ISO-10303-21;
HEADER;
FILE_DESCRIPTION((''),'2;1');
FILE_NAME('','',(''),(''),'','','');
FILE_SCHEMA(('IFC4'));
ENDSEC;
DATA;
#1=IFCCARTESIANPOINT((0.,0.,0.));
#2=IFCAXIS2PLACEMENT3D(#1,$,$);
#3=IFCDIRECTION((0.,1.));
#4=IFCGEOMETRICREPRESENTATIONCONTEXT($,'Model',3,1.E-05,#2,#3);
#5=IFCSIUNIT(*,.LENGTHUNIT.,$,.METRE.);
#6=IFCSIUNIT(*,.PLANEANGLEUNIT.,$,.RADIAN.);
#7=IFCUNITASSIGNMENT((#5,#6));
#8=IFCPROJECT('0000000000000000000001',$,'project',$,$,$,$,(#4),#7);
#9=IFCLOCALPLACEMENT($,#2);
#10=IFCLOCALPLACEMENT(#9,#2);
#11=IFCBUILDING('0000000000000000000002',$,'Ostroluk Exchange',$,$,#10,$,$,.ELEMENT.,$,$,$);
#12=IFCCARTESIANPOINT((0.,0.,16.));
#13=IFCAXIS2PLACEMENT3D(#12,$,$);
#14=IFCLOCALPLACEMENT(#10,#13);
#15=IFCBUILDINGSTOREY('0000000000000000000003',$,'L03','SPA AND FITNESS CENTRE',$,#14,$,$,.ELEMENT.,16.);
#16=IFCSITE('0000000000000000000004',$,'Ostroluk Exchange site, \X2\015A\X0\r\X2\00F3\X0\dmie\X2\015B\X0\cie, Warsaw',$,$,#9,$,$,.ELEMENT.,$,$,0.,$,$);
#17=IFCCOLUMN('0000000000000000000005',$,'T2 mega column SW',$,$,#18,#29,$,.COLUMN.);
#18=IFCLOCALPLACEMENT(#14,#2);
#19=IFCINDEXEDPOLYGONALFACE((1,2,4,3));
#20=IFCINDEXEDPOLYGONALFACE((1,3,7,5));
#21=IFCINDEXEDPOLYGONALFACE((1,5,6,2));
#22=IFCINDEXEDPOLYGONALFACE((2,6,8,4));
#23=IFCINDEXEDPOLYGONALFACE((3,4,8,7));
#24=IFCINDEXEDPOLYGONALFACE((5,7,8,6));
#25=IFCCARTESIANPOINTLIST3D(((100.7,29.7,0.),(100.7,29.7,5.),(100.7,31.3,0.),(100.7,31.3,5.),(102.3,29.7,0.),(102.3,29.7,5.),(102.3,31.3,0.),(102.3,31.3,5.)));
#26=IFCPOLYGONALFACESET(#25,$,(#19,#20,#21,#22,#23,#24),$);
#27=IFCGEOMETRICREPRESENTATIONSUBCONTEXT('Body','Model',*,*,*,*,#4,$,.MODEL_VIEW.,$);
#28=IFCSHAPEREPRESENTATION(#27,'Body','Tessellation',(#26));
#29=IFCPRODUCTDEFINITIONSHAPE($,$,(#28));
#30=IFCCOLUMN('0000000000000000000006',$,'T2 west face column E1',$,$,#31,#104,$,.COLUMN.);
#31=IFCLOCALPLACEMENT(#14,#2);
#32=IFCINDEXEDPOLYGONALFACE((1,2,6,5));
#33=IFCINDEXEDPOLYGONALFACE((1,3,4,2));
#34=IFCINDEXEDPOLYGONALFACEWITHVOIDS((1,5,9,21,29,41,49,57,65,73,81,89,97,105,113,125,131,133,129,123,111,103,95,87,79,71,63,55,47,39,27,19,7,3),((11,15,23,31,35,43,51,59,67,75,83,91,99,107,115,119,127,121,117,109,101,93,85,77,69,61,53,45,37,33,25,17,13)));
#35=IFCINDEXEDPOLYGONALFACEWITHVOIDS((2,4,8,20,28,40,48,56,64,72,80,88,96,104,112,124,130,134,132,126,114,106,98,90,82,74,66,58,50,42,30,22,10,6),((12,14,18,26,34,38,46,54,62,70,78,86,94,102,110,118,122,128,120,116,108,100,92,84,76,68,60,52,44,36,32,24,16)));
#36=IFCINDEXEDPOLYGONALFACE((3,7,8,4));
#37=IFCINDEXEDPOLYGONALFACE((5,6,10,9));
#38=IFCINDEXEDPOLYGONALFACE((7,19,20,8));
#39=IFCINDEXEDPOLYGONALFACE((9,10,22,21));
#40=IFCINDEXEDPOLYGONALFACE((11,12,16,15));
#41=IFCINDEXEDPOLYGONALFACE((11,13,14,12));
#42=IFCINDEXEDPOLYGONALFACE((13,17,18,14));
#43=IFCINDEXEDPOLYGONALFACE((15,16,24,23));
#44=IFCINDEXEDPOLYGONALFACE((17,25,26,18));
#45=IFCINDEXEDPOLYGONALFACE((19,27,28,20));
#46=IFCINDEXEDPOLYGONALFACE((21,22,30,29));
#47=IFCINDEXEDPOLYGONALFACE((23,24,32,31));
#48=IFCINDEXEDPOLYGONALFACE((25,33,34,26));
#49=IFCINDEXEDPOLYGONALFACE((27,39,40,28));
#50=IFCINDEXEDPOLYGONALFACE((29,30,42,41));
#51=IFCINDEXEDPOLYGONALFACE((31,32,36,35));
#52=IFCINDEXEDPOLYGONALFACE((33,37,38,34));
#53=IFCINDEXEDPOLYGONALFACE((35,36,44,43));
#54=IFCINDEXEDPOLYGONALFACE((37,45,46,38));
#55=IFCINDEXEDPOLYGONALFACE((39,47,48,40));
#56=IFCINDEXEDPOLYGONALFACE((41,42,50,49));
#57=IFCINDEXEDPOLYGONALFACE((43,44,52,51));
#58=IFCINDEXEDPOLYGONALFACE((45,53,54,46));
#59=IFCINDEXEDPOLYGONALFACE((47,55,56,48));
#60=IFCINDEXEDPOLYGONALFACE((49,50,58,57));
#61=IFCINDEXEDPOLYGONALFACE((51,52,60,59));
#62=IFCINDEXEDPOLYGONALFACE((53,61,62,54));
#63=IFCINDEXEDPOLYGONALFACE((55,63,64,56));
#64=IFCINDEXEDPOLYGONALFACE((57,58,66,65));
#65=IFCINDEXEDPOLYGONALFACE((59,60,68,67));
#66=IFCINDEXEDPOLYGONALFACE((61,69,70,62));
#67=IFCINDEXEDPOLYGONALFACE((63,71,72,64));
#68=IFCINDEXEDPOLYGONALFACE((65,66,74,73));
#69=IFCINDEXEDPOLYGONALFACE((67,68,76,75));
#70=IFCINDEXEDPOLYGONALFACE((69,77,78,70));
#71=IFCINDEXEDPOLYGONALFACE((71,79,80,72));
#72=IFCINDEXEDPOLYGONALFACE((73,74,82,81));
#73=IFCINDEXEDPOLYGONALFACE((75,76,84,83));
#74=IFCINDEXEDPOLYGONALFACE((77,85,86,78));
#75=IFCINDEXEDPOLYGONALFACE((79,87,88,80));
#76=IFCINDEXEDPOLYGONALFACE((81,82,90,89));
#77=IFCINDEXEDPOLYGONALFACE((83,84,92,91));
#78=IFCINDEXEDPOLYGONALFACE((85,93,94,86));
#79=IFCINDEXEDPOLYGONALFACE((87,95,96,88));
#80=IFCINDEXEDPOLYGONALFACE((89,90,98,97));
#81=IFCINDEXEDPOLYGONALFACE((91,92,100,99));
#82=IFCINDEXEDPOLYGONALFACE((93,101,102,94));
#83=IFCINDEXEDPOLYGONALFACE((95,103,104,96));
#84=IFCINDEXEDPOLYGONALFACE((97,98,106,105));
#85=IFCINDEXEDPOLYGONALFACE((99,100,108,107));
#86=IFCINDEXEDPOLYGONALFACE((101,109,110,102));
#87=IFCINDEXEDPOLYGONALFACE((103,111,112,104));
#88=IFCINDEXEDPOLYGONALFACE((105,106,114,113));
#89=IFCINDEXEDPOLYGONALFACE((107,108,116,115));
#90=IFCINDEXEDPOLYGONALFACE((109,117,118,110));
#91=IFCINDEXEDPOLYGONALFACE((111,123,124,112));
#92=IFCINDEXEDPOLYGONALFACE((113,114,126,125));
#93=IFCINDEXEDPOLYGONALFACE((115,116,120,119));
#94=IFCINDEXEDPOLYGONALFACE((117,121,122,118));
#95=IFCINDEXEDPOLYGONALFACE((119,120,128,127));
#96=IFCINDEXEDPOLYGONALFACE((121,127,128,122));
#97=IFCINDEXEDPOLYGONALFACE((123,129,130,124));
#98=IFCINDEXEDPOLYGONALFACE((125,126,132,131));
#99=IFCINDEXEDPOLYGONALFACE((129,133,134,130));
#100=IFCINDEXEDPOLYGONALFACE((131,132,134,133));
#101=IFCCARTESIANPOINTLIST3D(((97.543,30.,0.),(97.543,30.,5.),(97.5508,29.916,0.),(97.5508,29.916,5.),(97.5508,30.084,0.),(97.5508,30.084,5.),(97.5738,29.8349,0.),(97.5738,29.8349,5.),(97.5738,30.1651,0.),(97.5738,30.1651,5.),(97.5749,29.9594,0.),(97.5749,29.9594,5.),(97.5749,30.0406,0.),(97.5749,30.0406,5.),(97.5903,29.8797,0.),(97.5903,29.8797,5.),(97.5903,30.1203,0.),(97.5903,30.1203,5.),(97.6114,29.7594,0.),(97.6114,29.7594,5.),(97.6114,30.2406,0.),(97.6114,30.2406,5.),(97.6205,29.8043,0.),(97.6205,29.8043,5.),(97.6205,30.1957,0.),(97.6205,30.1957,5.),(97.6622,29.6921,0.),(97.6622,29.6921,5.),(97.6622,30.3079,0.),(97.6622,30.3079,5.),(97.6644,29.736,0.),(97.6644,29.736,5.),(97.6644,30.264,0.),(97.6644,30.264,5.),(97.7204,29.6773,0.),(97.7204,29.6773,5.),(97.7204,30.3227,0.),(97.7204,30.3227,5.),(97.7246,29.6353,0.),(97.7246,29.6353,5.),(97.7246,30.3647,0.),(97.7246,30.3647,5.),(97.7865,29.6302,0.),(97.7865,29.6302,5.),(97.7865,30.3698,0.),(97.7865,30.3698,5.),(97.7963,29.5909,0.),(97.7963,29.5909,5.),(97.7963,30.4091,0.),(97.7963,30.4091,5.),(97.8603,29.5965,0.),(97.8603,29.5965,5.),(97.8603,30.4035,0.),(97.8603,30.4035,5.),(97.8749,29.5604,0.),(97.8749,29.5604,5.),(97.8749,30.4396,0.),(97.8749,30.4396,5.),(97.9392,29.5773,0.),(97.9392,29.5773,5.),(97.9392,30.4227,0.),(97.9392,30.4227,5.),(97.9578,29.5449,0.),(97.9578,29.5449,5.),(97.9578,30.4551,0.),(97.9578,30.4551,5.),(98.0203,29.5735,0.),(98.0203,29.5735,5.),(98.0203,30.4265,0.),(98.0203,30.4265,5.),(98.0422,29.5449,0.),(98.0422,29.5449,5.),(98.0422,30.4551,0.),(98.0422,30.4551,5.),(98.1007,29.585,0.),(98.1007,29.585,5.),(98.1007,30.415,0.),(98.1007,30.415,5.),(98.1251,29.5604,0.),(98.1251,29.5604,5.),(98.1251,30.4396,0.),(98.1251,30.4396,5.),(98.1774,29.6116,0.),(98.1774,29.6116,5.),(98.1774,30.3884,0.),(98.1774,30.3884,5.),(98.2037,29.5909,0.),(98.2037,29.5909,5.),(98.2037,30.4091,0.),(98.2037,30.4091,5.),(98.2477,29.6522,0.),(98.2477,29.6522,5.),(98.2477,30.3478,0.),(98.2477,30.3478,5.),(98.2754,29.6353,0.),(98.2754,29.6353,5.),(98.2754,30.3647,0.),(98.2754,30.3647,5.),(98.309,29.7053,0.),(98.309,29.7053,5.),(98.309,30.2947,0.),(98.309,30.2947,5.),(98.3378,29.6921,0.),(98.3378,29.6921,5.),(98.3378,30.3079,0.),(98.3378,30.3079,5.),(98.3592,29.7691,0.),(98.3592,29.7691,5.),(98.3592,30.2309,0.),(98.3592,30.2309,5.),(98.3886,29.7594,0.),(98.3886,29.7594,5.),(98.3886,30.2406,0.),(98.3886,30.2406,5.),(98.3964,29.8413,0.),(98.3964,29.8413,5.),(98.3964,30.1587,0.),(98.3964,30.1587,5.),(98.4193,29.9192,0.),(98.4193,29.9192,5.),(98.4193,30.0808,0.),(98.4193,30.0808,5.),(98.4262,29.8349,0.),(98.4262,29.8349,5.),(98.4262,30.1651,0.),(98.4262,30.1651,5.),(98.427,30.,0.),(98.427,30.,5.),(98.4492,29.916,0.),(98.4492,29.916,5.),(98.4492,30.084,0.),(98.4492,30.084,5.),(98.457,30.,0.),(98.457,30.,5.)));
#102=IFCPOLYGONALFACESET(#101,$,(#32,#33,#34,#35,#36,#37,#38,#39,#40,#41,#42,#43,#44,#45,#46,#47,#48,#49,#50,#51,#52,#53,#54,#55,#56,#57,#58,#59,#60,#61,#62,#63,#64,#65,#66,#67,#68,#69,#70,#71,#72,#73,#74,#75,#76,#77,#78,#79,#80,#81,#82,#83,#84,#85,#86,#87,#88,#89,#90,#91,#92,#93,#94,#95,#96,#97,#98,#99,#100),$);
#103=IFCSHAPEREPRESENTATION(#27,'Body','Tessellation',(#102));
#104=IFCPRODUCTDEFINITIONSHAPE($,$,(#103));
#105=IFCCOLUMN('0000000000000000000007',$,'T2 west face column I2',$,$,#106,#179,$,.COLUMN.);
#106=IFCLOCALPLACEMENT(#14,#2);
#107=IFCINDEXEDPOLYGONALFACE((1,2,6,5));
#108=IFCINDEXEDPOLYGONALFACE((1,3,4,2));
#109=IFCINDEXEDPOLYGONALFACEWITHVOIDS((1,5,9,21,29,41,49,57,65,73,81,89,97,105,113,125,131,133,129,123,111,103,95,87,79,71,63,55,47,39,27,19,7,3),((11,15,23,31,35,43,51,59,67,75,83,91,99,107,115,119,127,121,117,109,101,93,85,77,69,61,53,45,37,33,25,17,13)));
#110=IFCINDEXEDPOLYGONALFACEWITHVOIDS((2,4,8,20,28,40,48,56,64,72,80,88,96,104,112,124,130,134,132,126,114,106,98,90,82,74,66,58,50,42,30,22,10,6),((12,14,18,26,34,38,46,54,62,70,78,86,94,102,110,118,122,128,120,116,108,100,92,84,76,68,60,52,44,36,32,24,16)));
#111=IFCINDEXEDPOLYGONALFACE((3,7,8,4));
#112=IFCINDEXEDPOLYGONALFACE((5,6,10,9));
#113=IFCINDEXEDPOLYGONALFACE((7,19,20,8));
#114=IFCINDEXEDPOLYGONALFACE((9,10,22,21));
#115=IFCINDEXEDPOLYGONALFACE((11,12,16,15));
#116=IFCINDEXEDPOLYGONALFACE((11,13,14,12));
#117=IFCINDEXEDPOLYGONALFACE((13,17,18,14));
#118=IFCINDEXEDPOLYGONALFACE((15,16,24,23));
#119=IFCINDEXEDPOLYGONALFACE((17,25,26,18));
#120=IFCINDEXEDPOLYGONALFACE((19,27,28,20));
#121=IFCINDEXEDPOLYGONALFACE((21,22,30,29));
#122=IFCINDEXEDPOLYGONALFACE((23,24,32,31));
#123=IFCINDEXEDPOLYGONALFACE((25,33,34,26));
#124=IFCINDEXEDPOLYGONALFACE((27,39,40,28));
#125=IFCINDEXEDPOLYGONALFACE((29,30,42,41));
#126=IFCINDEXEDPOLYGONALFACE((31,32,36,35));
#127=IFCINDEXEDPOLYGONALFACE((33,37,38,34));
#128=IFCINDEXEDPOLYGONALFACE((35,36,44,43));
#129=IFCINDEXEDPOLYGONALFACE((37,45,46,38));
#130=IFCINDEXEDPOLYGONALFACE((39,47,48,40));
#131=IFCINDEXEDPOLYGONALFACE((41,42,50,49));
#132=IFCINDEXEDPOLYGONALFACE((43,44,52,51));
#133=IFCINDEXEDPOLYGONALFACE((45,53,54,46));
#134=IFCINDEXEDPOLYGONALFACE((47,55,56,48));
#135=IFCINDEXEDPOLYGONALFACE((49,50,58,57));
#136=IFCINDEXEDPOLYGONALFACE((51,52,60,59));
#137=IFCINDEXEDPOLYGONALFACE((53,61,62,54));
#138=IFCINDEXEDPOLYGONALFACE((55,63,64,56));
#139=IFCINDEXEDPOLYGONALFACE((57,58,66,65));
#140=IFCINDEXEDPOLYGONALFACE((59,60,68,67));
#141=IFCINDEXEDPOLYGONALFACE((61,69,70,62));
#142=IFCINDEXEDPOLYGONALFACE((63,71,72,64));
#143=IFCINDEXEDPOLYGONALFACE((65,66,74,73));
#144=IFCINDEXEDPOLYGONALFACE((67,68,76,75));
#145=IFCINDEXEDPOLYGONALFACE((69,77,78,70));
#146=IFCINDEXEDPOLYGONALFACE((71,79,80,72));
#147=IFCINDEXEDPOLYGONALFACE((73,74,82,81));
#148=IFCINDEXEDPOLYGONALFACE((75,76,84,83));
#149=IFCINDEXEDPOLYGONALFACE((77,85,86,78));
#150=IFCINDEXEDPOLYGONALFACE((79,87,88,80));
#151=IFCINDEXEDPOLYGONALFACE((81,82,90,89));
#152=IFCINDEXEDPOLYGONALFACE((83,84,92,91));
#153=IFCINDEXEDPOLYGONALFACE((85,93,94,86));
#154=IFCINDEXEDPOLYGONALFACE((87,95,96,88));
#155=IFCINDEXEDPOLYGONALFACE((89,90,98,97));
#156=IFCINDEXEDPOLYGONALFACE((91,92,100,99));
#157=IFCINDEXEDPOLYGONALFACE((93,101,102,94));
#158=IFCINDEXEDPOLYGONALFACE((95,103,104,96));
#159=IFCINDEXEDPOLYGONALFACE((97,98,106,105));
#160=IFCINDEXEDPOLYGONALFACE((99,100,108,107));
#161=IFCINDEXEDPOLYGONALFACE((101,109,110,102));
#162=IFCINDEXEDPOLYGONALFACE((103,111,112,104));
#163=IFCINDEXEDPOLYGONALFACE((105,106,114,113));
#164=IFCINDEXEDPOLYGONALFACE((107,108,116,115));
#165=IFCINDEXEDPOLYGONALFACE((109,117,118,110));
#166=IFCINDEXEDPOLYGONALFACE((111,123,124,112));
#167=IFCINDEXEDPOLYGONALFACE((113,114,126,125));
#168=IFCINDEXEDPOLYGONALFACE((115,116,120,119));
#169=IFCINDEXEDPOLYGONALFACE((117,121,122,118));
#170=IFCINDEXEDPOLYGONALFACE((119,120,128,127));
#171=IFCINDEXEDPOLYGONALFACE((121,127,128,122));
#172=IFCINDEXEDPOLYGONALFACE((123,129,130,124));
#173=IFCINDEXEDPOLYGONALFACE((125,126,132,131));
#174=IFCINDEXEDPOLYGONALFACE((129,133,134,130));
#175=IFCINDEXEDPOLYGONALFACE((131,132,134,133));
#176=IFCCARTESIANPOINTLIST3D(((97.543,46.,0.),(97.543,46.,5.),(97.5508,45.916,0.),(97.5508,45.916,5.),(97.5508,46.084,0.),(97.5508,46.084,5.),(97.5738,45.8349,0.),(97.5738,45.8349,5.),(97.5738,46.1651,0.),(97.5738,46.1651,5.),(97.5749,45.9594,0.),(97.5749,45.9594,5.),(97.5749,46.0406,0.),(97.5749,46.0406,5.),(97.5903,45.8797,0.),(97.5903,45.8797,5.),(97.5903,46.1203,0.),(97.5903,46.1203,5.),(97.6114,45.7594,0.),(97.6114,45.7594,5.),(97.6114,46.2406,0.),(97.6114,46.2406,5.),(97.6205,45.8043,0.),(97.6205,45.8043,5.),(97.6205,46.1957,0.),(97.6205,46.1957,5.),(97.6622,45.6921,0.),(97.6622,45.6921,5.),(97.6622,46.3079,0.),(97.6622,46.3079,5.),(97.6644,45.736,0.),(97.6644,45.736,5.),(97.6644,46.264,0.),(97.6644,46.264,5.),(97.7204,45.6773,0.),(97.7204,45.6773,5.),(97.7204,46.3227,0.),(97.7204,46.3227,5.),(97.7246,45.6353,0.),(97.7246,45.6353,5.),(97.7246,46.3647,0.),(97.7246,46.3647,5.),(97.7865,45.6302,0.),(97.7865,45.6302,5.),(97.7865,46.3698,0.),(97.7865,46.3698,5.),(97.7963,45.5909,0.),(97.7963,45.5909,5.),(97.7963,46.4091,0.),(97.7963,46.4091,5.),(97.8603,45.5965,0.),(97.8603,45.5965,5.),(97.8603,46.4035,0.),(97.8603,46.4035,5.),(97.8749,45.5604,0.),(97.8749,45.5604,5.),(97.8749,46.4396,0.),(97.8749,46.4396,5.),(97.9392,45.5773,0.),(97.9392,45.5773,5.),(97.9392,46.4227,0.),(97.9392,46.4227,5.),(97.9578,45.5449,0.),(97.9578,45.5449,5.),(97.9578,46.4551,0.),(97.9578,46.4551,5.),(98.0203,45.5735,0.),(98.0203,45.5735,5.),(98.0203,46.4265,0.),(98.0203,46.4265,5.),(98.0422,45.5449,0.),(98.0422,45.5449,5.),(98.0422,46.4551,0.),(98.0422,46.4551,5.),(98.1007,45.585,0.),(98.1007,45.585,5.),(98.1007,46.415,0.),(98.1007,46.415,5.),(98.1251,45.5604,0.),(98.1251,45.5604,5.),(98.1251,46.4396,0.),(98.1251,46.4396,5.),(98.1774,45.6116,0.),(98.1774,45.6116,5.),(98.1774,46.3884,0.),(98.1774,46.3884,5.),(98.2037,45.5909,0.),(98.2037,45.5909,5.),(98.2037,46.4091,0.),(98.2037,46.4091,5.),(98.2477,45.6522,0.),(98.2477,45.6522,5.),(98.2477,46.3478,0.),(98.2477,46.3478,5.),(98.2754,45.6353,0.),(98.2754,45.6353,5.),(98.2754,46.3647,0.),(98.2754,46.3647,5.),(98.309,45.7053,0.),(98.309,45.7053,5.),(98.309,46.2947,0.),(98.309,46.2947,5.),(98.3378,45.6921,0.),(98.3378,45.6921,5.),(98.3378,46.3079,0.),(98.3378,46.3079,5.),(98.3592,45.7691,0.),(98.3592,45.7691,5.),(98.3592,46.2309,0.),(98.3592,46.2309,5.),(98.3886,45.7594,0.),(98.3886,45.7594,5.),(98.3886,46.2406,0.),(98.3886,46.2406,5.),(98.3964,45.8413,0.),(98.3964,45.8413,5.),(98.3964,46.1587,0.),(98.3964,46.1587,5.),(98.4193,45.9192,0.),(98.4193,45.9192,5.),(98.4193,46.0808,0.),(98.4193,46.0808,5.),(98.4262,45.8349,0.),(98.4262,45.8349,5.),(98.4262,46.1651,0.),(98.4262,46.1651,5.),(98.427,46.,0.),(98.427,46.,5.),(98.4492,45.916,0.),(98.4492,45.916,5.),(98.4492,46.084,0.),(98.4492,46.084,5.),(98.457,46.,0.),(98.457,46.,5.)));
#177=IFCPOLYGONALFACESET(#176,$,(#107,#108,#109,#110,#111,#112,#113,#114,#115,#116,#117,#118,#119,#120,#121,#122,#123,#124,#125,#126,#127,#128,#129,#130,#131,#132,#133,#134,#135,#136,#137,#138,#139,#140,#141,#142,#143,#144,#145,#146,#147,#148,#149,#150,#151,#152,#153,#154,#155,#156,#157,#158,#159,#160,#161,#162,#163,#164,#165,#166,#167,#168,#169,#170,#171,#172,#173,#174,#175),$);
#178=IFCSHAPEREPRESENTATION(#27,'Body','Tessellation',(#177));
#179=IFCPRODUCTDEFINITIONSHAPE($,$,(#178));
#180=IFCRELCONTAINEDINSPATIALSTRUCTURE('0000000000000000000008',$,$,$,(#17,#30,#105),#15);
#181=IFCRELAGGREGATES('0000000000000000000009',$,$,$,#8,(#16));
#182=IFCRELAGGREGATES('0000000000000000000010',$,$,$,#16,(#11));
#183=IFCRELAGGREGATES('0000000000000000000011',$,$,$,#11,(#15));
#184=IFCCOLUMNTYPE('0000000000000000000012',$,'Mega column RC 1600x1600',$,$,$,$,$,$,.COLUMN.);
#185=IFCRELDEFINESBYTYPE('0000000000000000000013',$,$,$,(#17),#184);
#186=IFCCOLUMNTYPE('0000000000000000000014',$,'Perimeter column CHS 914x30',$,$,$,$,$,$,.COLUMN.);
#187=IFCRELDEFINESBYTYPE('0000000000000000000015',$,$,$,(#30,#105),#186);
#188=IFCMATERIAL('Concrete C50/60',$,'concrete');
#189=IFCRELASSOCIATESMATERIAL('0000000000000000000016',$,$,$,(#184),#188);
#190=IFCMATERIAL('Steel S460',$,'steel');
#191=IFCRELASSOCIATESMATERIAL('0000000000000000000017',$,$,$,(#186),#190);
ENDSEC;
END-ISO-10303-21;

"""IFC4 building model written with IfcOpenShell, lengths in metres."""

from ifc_helpers import new_model, si_unit, direction, frame, origin, origin_2d, place, context, subcontext, project, spatial, rectangle, hollow_circle, extrude, material, material_profile, profile_set, type_object, element, save


model = new_model("IFC4")

# Units and contexts
model_context = context("Model", 3, precision=1e-05, world=origin(), true_north=direction((0.0, 1.0)))
body_context = subcontext(model_context, "Body", "Model", "MODEL_VIEW")
ifc_project = project(units=[si_unit("LENGTHUNIT", "METRE"), si_unit("PLANEANGLEUNIT", "RADIAN")], contexts=[model_context])

# Site, building, storey
site_placement = place(None, origin())
site = spatial("IfcSite", under=ifc_project, at=site_placement, Name="Ostroluk Exchange site, Śródmieście, Warsaw", CompositionType="ELEMENT", RefElevation=0.0)
building_placement = place(site_placement, origin())
building = spatial("IfcBuilding", under=site, at=building_placement, Name="Ostroluk Exchange", CompositionType="ELEMENT")
storey_placement = place(building_placement, frame((0.0, 0.0, 16.0)))
storey = spatial("IfcBuildingStorey", under=building, at=storey_placement, Name="L03", Description="SPA AND FITNESS CENTRE", CompositionType="ELEMENT", Elevation=16.0)

# Columns
ifc_material_1 = material(Name="Concrete C50/60", Category="concrete")
ifc_material_profile_1 = material_profile(ifc_material_1, rectangle(XDim=1.6001, YDim=1.6001, at=origin_2d()), Name="RC 1600x1600")
ifc_profile_set_1 = profile_set([ifc_material_profile_1], Name="Concrete C50/60")
column_type_1 = type_object("IfcColumnType", Name="Mega column RC 1600x1600", PredefinedType="COLUMN", material=ifc_profile_set_1)
column_placement = place(storey_placement, frame((101.5, 30.5, 0.0), z_axis=(0.0, 0.0, 1.0), x_axis=(1.0, 0.0, 0.0)))
element("IfcColumn", 1, at=column_placement, inside=storey, type_object=column_type_1, Name="T2 mega column SW", PredefinedType="COLUMN", context=body_context, shape_type="SweptSolid", body=[
    extrude(rectangle(XDim=1.6001, YDim=1.6001, at=origin_2d()), origin(), (0.0, 0.0, 1.0), 5.0),
])
ifc_material_2 = material(Name="Steel S460", Category="steel")
ifc_material_profile_2 = material_profile(ifc_material_2, hollow_circle(Radius=0.457, WallThickness=0.03, at=origin_2d()), Name="CHS 914x30")
ifc_profile_set_2 = profile_set([ifc_material_profile_2], Name="Steel S460")
column_type_2 = type_object("IfcColumnType", Name="Perimeter column CHS 914x30", PredefinedType="COLUMN", material=ifc_profile_set_2)
for number, where, z_axis, x_axis, name in (
    (2, (98.0, 30.0, 0.0), (0.0, 0.0, 1.0), (1.0, 0.0, 0.0), "T2 west face column E1"),
    (3, (98.0, 46.0, 0.0), (0.0, 0.0, 1.0), (1.0, 0.0, 0.0), "T2 west face column I2"),
):
    element("IfcColumn", number, at=place(storey_placement, frame(where, z_axis=z_axis, x_axis=x_axis)), inside=storey, type_object=column_type_2, Name=name, PredefinedType="COLUMN", context=body_context, shape_type="SweptSolid", body=[
        extrude(hollow_circle(Radius=0.457, WallThickness=0.03, at=origin_2d()), origin(), (0.0, 0.0, 1.0), 5.0),
    ])

save(model, "model.ifc")
